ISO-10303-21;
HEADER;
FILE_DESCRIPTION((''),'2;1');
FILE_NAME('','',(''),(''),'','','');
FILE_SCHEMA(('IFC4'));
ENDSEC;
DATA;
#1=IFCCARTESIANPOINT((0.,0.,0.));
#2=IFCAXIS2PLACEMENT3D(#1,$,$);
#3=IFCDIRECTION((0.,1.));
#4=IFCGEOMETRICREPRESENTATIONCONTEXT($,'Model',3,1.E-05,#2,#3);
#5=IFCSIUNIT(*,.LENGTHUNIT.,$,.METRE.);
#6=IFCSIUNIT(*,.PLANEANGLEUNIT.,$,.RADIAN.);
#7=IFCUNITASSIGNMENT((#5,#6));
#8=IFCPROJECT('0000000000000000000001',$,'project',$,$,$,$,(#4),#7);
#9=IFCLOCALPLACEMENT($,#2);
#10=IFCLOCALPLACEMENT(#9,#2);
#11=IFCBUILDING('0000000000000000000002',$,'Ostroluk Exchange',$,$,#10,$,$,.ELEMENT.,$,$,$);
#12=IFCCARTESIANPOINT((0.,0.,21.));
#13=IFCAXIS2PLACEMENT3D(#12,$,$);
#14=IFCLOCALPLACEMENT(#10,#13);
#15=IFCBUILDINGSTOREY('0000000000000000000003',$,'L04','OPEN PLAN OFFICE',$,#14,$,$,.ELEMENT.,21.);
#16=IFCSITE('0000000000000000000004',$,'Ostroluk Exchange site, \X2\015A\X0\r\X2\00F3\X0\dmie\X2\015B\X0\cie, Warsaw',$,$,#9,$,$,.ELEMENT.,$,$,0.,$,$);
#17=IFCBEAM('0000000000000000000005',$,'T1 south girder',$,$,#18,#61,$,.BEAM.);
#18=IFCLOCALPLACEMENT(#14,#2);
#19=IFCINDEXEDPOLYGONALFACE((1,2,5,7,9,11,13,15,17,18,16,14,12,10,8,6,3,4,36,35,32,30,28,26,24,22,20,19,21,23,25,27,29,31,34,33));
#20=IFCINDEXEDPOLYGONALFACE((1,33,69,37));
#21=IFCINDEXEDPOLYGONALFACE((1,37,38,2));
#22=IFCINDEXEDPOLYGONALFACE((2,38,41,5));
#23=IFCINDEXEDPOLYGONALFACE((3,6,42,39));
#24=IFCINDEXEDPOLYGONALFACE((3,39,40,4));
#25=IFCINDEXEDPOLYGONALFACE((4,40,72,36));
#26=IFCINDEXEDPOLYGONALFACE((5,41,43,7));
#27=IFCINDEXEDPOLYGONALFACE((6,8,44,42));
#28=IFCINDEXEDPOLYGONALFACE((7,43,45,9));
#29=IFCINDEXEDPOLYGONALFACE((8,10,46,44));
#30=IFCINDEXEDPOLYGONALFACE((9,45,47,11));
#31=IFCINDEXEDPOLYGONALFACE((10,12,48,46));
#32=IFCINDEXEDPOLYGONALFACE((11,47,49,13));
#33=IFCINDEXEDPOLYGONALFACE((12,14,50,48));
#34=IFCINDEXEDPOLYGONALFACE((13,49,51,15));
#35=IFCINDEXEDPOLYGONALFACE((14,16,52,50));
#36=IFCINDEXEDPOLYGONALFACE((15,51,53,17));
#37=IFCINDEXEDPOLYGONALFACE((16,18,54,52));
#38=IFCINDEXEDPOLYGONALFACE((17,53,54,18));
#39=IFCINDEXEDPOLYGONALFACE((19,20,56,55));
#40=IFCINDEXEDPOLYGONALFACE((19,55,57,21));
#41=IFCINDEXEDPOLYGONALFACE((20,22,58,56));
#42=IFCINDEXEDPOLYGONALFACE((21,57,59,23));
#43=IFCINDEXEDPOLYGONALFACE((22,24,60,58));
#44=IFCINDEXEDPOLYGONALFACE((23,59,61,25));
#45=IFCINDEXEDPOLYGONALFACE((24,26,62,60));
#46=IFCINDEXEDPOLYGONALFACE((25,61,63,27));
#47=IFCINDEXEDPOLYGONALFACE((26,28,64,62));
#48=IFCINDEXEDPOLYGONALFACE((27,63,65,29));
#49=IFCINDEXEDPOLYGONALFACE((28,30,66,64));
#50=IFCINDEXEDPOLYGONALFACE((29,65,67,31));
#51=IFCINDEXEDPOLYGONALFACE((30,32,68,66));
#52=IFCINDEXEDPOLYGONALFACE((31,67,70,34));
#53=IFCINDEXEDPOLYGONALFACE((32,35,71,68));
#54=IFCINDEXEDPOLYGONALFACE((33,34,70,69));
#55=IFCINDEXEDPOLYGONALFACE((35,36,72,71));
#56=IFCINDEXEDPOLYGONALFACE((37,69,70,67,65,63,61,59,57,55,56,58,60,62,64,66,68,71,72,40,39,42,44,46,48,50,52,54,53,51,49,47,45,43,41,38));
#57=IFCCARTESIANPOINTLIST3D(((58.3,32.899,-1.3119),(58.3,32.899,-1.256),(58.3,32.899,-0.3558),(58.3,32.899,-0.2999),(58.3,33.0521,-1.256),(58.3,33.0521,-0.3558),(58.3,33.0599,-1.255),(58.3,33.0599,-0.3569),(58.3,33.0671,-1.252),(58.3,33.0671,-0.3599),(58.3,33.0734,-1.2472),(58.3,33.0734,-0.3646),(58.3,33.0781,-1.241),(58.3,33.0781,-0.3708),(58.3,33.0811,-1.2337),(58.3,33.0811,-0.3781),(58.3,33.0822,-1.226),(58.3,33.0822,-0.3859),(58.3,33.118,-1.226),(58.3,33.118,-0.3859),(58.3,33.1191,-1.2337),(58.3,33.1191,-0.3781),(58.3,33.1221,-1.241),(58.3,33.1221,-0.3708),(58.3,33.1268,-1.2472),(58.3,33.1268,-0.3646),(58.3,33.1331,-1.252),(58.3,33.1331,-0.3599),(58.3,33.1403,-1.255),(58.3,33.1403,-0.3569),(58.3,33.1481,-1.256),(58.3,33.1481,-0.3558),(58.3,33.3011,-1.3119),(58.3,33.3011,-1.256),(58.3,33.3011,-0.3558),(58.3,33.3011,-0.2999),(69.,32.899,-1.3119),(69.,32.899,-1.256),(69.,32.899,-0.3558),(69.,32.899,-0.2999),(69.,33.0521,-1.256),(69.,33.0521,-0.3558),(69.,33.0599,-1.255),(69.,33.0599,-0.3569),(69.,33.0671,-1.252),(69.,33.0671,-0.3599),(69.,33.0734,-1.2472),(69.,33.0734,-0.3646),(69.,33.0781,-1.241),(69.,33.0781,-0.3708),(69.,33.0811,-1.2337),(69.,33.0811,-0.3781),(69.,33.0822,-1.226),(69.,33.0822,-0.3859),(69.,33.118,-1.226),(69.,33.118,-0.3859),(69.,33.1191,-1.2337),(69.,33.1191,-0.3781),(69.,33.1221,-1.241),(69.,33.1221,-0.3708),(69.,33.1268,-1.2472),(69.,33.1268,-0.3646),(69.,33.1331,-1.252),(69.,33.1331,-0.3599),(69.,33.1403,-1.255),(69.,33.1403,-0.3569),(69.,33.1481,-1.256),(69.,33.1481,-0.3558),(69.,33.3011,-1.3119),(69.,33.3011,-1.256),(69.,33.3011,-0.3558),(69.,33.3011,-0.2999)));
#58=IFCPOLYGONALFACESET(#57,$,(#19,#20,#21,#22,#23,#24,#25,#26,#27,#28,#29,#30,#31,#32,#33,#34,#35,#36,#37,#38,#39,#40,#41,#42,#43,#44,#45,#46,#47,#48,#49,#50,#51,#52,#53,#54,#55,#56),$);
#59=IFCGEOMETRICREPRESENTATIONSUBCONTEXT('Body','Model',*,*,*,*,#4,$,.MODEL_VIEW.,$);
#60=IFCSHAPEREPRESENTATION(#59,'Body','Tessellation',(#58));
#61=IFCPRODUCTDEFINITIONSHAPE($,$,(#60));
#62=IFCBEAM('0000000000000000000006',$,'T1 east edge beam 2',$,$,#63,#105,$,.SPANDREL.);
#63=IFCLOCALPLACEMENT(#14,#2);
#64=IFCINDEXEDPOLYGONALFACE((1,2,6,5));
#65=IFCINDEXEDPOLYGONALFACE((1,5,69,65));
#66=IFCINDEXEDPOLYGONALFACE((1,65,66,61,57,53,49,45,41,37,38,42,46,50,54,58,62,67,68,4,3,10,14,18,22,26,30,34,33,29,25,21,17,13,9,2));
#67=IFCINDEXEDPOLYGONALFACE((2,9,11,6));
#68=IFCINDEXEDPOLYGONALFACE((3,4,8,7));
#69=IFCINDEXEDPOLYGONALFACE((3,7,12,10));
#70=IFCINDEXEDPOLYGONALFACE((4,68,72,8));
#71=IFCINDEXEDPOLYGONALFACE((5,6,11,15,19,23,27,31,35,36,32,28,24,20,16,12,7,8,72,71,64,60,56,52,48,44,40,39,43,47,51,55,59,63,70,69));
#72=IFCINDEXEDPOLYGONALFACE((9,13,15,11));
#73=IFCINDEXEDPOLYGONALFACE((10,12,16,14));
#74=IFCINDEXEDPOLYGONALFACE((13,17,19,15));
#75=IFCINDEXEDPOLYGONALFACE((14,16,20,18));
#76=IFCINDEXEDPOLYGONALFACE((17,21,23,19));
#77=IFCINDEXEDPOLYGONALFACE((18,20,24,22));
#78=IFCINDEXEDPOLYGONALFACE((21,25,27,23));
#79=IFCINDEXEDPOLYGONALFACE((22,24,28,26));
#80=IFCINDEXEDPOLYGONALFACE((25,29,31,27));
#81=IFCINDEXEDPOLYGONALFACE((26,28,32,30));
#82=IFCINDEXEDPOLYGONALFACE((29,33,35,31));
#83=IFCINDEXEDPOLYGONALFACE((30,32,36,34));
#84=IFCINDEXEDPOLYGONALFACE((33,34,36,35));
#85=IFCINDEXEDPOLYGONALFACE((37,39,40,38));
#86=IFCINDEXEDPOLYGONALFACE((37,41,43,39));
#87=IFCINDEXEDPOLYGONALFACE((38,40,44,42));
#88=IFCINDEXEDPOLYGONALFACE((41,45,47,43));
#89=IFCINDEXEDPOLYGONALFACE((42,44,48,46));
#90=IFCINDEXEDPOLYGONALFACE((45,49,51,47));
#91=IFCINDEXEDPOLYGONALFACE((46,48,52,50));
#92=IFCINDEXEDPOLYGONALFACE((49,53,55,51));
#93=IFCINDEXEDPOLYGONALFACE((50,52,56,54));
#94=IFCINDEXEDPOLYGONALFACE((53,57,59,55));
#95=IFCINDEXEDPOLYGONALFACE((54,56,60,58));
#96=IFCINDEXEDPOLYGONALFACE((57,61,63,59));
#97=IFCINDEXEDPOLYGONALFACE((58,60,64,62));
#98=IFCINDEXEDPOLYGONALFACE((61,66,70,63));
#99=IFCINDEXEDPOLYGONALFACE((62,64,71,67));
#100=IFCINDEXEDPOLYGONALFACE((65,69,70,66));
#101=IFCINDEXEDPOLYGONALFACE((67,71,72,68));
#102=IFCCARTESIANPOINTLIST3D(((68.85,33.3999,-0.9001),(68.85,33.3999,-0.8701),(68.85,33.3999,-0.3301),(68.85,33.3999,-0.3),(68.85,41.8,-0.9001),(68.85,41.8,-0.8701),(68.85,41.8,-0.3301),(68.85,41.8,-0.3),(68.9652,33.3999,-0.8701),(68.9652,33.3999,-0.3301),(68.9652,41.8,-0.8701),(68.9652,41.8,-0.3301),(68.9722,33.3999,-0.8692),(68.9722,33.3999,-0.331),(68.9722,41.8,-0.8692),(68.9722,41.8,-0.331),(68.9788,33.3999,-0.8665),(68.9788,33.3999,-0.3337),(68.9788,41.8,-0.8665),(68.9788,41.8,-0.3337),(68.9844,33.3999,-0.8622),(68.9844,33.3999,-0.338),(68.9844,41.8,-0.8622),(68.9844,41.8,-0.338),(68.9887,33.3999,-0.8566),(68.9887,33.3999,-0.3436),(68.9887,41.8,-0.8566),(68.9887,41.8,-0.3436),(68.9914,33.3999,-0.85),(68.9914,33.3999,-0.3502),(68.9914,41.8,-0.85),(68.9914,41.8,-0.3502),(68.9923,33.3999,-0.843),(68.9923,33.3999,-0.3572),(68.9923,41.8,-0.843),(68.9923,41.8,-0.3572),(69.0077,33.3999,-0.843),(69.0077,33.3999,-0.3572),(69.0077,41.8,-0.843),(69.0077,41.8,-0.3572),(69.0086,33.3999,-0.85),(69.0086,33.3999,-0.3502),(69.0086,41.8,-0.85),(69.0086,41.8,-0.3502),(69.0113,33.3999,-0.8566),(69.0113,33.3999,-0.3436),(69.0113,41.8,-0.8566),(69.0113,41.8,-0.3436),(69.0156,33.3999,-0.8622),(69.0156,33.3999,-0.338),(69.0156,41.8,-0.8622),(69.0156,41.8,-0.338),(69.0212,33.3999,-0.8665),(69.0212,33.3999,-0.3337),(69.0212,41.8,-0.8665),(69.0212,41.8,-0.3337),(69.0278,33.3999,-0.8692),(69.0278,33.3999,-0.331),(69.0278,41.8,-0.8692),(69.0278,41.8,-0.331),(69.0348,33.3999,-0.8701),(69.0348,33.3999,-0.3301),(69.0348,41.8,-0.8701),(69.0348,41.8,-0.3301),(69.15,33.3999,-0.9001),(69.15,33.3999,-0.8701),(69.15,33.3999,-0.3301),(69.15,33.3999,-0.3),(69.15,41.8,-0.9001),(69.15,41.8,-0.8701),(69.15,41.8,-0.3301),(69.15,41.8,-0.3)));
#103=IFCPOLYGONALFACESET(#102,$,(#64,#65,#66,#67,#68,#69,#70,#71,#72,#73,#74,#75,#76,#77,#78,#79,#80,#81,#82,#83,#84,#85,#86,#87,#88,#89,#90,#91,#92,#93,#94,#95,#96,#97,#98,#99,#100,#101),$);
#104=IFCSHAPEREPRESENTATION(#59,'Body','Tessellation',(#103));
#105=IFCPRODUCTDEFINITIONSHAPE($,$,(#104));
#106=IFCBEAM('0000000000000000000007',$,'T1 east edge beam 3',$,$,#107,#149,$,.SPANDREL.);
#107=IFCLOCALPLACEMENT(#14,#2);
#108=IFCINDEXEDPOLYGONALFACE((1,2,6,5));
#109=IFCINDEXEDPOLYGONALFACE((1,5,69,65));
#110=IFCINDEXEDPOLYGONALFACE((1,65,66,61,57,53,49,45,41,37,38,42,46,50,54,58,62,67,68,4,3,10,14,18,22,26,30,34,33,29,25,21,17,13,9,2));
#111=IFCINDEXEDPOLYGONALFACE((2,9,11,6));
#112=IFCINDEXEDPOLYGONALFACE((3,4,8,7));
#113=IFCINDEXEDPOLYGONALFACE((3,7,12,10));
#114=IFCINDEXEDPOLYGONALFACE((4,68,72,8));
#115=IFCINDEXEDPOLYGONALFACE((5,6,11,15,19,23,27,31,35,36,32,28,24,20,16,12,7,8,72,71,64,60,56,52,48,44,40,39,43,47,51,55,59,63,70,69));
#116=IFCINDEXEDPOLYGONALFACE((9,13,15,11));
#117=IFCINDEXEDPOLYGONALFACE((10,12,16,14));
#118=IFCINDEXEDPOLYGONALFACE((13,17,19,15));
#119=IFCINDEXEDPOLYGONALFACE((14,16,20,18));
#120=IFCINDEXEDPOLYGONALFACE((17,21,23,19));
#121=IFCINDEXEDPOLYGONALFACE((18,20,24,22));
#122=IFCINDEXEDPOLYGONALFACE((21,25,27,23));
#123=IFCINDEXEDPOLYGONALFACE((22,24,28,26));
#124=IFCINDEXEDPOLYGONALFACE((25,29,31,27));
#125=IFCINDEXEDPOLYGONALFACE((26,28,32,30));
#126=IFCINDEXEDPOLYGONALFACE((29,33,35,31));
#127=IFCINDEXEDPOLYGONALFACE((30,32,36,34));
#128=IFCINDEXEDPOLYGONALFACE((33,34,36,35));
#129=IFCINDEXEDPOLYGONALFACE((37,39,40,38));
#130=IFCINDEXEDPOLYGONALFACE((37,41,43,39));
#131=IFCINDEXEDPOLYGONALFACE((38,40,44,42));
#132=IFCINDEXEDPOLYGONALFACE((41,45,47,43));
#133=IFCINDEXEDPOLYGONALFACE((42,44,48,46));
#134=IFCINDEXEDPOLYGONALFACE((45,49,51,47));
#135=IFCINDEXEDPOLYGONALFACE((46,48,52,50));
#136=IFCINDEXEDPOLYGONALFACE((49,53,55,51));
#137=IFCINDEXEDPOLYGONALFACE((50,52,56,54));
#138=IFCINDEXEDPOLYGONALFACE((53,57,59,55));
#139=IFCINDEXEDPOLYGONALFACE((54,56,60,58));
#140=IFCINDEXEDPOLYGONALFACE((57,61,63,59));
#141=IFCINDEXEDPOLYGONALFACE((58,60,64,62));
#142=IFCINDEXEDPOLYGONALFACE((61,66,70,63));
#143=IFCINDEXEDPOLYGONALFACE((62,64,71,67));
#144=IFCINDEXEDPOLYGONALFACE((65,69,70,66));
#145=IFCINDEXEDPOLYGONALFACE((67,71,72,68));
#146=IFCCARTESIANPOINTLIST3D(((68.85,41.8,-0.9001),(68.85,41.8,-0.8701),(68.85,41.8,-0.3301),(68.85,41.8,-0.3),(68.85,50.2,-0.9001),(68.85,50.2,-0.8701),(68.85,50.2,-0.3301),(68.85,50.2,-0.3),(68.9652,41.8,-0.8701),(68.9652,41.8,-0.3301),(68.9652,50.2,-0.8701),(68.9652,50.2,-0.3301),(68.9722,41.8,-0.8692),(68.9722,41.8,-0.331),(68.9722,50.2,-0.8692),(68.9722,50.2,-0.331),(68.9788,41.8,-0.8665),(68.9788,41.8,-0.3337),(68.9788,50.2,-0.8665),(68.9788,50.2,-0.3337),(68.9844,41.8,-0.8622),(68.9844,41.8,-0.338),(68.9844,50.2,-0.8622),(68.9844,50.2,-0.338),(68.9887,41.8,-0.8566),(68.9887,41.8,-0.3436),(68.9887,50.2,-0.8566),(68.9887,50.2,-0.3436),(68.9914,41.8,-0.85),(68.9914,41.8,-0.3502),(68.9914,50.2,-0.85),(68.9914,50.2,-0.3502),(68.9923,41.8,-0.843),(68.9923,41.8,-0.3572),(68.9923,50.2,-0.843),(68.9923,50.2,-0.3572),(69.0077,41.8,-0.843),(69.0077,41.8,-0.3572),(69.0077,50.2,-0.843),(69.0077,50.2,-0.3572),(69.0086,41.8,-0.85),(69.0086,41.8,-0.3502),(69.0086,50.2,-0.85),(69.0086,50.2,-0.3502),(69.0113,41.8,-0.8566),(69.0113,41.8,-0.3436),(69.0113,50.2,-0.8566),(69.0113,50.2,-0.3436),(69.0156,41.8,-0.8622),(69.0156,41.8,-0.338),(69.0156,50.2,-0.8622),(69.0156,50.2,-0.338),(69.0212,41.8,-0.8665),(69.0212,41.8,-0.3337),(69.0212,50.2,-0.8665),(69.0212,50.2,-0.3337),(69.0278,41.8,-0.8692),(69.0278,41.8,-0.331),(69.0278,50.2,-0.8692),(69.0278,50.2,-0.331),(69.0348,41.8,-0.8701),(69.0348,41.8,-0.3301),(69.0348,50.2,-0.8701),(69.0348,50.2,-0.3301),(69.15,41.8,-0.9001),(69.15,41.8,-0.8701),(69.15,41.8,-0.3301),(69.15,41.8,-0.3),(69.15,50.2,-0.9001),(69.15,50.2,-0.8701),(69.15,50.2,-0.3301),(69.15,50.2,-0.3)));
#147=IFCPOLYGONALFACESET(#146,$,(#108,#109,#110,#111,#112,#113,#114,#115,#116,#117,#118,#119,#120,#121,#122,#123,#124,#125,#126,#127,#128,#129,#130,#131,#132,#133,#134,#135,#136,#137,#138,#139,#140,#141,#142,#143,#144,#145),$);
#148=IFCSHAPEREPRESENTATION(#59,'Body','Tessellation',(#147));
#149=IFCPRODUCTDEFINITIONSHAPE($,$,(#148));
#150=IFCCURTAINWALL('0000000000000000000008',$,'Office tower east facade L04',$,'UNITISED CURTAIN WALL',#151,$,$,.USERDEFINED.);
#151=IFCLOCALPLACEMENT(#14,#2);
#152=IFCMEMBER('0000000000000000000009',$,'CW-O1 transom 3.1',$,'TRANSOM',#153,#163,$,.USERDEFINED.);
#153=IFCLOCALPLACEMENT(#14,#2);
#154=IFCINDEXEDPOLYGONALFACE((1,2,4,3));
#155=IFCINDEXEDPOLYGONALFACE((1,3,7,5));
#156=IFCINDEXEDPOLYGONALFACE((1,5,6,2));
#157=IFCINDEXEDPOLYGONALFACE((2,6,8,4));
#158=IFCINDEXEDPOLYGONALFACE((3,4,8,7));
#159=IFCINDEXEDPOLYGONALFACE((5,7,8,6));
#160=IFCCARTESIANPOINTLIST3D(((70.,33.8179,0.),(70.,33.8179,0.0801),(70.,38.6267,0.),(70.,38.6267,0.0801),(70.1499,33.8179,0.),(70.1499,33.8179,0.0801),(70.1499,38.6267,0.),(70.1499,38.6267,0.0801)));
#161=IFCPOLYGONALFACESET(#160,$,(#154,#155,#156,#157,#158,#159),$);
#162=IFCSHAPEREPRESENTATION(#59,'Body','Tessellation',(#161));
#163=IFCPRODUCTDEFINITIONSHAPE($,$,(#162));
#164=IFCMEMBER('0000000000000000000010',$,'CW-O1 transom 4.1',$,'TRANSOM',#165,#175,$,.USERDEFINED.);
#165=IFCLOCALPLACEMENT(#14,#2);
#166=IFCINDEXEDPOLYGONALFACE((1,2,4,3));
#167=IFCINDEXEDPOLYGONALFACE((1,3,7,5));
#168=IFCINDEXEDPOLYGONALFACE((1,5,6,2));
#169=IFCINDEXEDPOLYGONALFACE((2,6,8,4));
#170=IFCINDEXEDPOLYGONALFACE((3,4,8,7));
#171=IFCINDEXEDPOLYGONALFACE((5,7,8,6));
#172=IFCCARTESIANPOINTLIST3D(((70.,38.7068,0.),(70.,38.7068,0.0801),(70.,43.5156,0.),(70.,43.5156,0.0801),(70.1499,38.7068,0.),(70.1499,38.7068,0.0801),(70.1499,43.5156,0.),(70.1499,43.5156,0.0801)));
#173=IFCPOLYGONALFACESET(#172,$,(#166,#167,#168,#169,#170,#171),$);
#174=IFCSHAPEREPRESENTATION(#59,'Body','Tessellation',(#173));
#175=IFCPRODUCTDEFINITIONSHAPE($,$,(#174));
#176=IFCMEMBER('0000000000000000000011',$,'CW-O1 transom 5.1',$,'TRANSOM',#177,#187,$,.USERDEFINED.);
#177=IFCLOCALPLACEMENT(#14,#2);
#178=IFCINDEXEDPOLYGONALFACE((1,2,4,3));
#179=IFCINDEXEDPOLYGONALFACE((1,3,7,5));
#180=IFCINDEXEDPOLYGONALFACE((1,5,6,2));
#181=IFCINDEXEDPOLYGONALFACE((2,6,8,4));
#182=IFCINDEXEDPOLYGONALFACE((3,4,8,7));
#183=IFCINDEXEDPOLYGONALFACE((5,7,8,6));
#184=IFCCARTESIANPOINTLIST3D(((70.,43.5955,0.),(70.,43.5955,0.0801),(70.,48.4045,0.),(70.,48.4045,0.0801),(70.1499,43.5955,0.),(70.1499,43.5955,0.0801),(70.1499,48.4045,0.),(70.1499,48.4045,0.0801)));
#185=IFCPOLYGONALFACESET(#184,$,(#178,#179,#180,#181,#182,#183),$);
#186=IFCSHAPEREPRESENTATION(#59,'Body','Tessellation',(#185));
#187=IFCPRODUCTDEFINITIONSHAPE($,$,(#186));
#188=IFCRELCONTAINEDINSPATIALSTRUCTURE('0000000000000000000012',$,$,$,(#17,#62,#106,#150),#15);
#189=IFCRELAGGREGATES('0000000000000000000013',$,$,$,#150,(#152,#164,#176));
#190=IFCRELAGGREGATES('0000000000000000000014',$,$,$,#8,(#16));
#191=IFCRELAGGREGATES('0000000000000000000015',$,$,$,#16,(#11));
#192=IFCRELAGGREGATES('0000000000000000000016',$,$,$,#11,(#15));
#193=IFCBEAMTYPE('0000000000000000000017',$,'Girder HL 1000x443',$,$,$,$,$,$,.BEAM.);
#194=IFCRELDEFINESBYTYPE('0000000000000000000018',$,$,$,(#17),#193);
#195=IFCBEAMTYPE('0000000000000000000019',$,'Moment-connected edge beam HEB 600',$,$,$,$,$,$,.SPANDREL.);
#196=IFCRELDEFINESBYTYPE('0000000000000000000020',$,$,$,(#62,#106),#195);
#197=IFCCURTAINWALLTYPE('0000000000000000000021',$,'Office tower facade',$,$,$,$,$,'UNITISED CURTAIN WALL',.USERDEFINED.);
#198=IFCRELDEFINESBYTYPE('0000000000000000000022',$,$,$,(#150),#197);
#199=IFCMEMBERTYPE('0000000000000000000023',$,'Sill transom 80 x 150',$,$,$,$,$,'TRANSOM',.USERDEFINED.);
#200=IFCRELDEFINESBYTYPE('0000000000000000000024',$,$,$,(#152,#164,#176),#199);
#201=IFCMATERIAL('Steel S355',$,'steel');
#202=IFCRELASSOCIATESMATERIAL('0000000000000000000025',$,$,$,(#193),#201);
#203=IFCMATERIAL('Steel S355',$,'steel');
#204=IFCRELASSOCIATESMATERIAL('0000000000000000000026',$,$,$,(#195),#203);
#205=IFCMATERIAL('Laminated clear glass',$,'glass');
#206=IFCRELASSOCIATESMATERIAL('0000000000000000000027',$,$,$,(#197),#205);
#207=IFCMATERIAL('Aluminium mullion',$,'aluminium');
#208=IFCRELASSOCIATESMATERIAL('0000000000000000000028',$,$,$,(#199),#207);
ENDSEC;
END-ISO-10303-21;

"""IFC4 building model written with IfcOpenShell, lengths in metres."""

from ifc_helpers import new_model, si_unit, direction, frame, origin, origin_2d, place, context, subcontext, project, spatial, rectangle, i_section, extrude, material, material_profile, profile_set, type_object, element, aggregate, save


model = new_model("IFC4")

# Units and contexts
model_context = context("Model", 3, precision=1e-05, world=origin(), true_north=direction((0.0, 1.0)))
body_context = subcontext(model_context, "Body", "Model", "MODEL_VIEW")
ifc_project = project(units=[si_unit("LENGTHUNIT", "METRE"), si_unit("PLANEANGLEUNIT", "RADIAN")], contexts=[model_context])

# Site, building, storey
site_placement = place(None, origin())
site = spatial("IfcSite", under=ifc_project, at=site_placement, Name="Ostroluk Exchange site, Śródmieście, Warsaw", CompositionType="ELEMENT", RefElevation=0.0)
building_placement = place(site_placement, origin())
building = spatial("IfcBuilding", under=site, at=building_placement, Name="Ostroluk Exchange", CompositionType="ELEMENT")
storey_placement = place(building_placement, frame((0.0, 0.0, 21.0)))
storey = spatial("IfcBuildingStorey", under=building, at=storey_placement, Name="L04", Description="OPEN PLAN OFFICE", CompositionType="ELEMENT", Elevation=21.0)

# Beams
ifc_material_1 = material(Name="Steel S355", Category="steel")
ifc_material_profile_1 = material_profile(ifc_material_1, i_section(OverallWidth=0.4021, OverallDepth=1.012, WebThickness=0.0359, FlangeThickness=0.0559, FilletRadius=0.03, at=origin_2d()), Name="HL 1000x443")
ifc_profile_set_1 = profile_set([ifc_material_profile_1], Name="Steel S355")
beam_type_1 = type_object("IfcBeamType", Name="Girder HL 1000x443", PredefinedType="BEAM", material=ifc_profile_set_1)
beam_1_placement = place(storey_placement, frame((58.3, 33.1001, -0.8059), z_axis=(1.0, 0.0, 0.0), x_axis=(0.0, 1.0, 0.0)))
element("IfcBeam", 1, at=beam_1_placement, inside=storey, type_object=beam_type_1, Name="T1 south girder", PredefinedType="BEAM", context=body_context, shape_type="SweptSolid", body=[
    extrude(i_section(OverallWidth=0.4021, OverallDepth=1.012, WebThickness=0.0359, FlangeThickness=0.0559, FilletRadius=0.03, at=origin_2d()), origin(), (0.0, 0.0, 1.0), 10.7),
])
ifc_material_2 = material(Name="Steel S355", Category="steel")
ifc_material_profile_2 = material_profile(ifc_material_2, i_section(OverallWidth=0.3, OverallDepth=0.6001, WebThickness=0.0154, FlangeThickness=0.03, FilletRadius=0.0271, at=origin_2d()), Name="HEB 600")
ifc_profile_set_2 = profile_set([ifc_material_profile_2], Name="Steel S355")
beam_type_2 = type_object("IfcBeamType", Name="Moment-connected edge beam HEB 600", PredefinedType="SPANDREL", material=ifc_profile_set_2)
beam_2_placement = place(storey_placement, frame((69.0, 33.3999, -0.6001), z_axis=(0.0, 1.0, 0.0), x_axis=(-1.0, 0.0, 0.0)))
element("IfcBeam", 2, at=beam_2_placement, inside=storey, type_object=beam_type_2, Name="T1 east edge beam 2", PredefinedType="SPANDREL", context=body_context, shape_type="SweptSolid", body=[
    extrude(i_section(OverallWidth=0.3, OverallDepth=0.6001, WebThickness=0.0154, FlangeThickness=0.03, FilletRadius=0.0271, at=origin_2d()), origin(), (0.0, 0.0, 1.0), 8.4001),
])
beam_3_placement = place(storey_placement, frame((69.0, 41.8, -0.6001), z_axis=(0.0, 1.0, 0.0), x_axis=(-1.0, 0.0, 0.0)))
element("IfcBeam", 3, at=beam_3_placement, inside=storey, type_object=beam_type_2, Name="T1 east edge beam 3", PredefinedType="SPANDREL", context=body_context, shape_type="SweptSolid", body=[
    extrude(i_section(OverallWidth=0.3, OverallDepth=0.6001, WebThickness=0.0154, FlangeThickness=0.03, FilletRadius=0.0271, at=origin_2d()), origin(), (0.0, 0.0, 1.0), 8.3999),
])

# Curtain wall, members
ifc_material_3 = material(Name="Laminated clear glass", Category="glass")
curtain_wall_type = type_object("IfcCurtainWallType", Name="Office tower facade", ElementType="UNITISED CURTAIN WALL", PredefinedType="USERDEFINED", material=ifc_material_3)
curtain_wall_placement = place(storey_placement, origin())
curtain_wall = element("IfcCurtainWall", 4, at=curtain_wall_placement, inside=storey, type_object=curtain_wall_type, Name="Office tower east facade L04", ObjectType="UNITISED CURTAIN WALL", PredefinedType="USERDEFINED")
ifc_material_4 = material(Name="Aluminium mullion", Category="aluminium")
ifc_material_profile_3 = material_profile(ifc_material_4, rectangle(XDim=0.1499, YDim=0.0801, at=origin_2d()), Name="Sill transom 80 x 150")
ifc_profile_set_3 = profile_set([ifc_material_profile_3], Name="Aluminium mullion")
member_type = type_object("IfcMemberType", Name="Sill transom 80 x 150", ElementType="TRANSOM", PredefinedType="USERDEFINED", material=ifc_profile_set_3)
member_1_placement = place(storey_placement, frame((70.075, 33.8179, 0.04), z_axis=(0.0, 1.0, 0.0), x_axis=(-1.0, 0.0, 0.0)))
member_1 = element("IfcMember", 5, at=member_1_placement, type_object=member_type, Name="CW-O1 transom 3.1", ObjectType="TRANSOM", PredefinedType="USERDEFINED", context=body_context, shape_type="SweptSolid", body=[
    extrude(rectangle(XDim=0.1499, YDim=0.0801, at=origin_2d()), origin(), (0.0, 0.0, 1.0), 4.8088),
])
member_2_placement = place(storey_placement, frame((70.075, 38.7068, 0.04), z_axis=(0.0, 1.0, 0.0), x_axis=(-1.0, 0.0, 0.0)))
member_2 = element("IfcMember", 6, at=member_2_placement, type_object=member_type, Name="CW-O1 transom 4.1", ObjectType="TRANSOM", PredefinedType="USERDEFINED", context=body_context, shape_type="SweptSolid", body=[
    extrude(rectangle(XDim=0.1499, YDim=0.0801, at=origin_2d()), origin(), (0.0, 0.0, 1.0), 4.8088),
])
member_3_placement = place(storey_placement, frame((70.075, 43.5955, 0.04), z_axis=(0.0, 1.0, 0.0), x_axis=(-1.0, 0.0, 0.0)))
member_3 = element("IfcMember", 7, at=member_3_placement, type_object=member_type, Name="CW-O1 transom 5.1", ObjectType="TRANSOM", PredefinedType="USERDEFINED", context=body_context, shape_type="SweptSolid", body=[
    extrude(rectangle(XDim=0.1499, YDim=0.0801, at=origin_2d()), origin(), (0.0, 0.0, 1.0), 4.8091),
])
aggregate(curtain_wall, [member_1, member_2, member_3])

save(model, "model.ifc")
